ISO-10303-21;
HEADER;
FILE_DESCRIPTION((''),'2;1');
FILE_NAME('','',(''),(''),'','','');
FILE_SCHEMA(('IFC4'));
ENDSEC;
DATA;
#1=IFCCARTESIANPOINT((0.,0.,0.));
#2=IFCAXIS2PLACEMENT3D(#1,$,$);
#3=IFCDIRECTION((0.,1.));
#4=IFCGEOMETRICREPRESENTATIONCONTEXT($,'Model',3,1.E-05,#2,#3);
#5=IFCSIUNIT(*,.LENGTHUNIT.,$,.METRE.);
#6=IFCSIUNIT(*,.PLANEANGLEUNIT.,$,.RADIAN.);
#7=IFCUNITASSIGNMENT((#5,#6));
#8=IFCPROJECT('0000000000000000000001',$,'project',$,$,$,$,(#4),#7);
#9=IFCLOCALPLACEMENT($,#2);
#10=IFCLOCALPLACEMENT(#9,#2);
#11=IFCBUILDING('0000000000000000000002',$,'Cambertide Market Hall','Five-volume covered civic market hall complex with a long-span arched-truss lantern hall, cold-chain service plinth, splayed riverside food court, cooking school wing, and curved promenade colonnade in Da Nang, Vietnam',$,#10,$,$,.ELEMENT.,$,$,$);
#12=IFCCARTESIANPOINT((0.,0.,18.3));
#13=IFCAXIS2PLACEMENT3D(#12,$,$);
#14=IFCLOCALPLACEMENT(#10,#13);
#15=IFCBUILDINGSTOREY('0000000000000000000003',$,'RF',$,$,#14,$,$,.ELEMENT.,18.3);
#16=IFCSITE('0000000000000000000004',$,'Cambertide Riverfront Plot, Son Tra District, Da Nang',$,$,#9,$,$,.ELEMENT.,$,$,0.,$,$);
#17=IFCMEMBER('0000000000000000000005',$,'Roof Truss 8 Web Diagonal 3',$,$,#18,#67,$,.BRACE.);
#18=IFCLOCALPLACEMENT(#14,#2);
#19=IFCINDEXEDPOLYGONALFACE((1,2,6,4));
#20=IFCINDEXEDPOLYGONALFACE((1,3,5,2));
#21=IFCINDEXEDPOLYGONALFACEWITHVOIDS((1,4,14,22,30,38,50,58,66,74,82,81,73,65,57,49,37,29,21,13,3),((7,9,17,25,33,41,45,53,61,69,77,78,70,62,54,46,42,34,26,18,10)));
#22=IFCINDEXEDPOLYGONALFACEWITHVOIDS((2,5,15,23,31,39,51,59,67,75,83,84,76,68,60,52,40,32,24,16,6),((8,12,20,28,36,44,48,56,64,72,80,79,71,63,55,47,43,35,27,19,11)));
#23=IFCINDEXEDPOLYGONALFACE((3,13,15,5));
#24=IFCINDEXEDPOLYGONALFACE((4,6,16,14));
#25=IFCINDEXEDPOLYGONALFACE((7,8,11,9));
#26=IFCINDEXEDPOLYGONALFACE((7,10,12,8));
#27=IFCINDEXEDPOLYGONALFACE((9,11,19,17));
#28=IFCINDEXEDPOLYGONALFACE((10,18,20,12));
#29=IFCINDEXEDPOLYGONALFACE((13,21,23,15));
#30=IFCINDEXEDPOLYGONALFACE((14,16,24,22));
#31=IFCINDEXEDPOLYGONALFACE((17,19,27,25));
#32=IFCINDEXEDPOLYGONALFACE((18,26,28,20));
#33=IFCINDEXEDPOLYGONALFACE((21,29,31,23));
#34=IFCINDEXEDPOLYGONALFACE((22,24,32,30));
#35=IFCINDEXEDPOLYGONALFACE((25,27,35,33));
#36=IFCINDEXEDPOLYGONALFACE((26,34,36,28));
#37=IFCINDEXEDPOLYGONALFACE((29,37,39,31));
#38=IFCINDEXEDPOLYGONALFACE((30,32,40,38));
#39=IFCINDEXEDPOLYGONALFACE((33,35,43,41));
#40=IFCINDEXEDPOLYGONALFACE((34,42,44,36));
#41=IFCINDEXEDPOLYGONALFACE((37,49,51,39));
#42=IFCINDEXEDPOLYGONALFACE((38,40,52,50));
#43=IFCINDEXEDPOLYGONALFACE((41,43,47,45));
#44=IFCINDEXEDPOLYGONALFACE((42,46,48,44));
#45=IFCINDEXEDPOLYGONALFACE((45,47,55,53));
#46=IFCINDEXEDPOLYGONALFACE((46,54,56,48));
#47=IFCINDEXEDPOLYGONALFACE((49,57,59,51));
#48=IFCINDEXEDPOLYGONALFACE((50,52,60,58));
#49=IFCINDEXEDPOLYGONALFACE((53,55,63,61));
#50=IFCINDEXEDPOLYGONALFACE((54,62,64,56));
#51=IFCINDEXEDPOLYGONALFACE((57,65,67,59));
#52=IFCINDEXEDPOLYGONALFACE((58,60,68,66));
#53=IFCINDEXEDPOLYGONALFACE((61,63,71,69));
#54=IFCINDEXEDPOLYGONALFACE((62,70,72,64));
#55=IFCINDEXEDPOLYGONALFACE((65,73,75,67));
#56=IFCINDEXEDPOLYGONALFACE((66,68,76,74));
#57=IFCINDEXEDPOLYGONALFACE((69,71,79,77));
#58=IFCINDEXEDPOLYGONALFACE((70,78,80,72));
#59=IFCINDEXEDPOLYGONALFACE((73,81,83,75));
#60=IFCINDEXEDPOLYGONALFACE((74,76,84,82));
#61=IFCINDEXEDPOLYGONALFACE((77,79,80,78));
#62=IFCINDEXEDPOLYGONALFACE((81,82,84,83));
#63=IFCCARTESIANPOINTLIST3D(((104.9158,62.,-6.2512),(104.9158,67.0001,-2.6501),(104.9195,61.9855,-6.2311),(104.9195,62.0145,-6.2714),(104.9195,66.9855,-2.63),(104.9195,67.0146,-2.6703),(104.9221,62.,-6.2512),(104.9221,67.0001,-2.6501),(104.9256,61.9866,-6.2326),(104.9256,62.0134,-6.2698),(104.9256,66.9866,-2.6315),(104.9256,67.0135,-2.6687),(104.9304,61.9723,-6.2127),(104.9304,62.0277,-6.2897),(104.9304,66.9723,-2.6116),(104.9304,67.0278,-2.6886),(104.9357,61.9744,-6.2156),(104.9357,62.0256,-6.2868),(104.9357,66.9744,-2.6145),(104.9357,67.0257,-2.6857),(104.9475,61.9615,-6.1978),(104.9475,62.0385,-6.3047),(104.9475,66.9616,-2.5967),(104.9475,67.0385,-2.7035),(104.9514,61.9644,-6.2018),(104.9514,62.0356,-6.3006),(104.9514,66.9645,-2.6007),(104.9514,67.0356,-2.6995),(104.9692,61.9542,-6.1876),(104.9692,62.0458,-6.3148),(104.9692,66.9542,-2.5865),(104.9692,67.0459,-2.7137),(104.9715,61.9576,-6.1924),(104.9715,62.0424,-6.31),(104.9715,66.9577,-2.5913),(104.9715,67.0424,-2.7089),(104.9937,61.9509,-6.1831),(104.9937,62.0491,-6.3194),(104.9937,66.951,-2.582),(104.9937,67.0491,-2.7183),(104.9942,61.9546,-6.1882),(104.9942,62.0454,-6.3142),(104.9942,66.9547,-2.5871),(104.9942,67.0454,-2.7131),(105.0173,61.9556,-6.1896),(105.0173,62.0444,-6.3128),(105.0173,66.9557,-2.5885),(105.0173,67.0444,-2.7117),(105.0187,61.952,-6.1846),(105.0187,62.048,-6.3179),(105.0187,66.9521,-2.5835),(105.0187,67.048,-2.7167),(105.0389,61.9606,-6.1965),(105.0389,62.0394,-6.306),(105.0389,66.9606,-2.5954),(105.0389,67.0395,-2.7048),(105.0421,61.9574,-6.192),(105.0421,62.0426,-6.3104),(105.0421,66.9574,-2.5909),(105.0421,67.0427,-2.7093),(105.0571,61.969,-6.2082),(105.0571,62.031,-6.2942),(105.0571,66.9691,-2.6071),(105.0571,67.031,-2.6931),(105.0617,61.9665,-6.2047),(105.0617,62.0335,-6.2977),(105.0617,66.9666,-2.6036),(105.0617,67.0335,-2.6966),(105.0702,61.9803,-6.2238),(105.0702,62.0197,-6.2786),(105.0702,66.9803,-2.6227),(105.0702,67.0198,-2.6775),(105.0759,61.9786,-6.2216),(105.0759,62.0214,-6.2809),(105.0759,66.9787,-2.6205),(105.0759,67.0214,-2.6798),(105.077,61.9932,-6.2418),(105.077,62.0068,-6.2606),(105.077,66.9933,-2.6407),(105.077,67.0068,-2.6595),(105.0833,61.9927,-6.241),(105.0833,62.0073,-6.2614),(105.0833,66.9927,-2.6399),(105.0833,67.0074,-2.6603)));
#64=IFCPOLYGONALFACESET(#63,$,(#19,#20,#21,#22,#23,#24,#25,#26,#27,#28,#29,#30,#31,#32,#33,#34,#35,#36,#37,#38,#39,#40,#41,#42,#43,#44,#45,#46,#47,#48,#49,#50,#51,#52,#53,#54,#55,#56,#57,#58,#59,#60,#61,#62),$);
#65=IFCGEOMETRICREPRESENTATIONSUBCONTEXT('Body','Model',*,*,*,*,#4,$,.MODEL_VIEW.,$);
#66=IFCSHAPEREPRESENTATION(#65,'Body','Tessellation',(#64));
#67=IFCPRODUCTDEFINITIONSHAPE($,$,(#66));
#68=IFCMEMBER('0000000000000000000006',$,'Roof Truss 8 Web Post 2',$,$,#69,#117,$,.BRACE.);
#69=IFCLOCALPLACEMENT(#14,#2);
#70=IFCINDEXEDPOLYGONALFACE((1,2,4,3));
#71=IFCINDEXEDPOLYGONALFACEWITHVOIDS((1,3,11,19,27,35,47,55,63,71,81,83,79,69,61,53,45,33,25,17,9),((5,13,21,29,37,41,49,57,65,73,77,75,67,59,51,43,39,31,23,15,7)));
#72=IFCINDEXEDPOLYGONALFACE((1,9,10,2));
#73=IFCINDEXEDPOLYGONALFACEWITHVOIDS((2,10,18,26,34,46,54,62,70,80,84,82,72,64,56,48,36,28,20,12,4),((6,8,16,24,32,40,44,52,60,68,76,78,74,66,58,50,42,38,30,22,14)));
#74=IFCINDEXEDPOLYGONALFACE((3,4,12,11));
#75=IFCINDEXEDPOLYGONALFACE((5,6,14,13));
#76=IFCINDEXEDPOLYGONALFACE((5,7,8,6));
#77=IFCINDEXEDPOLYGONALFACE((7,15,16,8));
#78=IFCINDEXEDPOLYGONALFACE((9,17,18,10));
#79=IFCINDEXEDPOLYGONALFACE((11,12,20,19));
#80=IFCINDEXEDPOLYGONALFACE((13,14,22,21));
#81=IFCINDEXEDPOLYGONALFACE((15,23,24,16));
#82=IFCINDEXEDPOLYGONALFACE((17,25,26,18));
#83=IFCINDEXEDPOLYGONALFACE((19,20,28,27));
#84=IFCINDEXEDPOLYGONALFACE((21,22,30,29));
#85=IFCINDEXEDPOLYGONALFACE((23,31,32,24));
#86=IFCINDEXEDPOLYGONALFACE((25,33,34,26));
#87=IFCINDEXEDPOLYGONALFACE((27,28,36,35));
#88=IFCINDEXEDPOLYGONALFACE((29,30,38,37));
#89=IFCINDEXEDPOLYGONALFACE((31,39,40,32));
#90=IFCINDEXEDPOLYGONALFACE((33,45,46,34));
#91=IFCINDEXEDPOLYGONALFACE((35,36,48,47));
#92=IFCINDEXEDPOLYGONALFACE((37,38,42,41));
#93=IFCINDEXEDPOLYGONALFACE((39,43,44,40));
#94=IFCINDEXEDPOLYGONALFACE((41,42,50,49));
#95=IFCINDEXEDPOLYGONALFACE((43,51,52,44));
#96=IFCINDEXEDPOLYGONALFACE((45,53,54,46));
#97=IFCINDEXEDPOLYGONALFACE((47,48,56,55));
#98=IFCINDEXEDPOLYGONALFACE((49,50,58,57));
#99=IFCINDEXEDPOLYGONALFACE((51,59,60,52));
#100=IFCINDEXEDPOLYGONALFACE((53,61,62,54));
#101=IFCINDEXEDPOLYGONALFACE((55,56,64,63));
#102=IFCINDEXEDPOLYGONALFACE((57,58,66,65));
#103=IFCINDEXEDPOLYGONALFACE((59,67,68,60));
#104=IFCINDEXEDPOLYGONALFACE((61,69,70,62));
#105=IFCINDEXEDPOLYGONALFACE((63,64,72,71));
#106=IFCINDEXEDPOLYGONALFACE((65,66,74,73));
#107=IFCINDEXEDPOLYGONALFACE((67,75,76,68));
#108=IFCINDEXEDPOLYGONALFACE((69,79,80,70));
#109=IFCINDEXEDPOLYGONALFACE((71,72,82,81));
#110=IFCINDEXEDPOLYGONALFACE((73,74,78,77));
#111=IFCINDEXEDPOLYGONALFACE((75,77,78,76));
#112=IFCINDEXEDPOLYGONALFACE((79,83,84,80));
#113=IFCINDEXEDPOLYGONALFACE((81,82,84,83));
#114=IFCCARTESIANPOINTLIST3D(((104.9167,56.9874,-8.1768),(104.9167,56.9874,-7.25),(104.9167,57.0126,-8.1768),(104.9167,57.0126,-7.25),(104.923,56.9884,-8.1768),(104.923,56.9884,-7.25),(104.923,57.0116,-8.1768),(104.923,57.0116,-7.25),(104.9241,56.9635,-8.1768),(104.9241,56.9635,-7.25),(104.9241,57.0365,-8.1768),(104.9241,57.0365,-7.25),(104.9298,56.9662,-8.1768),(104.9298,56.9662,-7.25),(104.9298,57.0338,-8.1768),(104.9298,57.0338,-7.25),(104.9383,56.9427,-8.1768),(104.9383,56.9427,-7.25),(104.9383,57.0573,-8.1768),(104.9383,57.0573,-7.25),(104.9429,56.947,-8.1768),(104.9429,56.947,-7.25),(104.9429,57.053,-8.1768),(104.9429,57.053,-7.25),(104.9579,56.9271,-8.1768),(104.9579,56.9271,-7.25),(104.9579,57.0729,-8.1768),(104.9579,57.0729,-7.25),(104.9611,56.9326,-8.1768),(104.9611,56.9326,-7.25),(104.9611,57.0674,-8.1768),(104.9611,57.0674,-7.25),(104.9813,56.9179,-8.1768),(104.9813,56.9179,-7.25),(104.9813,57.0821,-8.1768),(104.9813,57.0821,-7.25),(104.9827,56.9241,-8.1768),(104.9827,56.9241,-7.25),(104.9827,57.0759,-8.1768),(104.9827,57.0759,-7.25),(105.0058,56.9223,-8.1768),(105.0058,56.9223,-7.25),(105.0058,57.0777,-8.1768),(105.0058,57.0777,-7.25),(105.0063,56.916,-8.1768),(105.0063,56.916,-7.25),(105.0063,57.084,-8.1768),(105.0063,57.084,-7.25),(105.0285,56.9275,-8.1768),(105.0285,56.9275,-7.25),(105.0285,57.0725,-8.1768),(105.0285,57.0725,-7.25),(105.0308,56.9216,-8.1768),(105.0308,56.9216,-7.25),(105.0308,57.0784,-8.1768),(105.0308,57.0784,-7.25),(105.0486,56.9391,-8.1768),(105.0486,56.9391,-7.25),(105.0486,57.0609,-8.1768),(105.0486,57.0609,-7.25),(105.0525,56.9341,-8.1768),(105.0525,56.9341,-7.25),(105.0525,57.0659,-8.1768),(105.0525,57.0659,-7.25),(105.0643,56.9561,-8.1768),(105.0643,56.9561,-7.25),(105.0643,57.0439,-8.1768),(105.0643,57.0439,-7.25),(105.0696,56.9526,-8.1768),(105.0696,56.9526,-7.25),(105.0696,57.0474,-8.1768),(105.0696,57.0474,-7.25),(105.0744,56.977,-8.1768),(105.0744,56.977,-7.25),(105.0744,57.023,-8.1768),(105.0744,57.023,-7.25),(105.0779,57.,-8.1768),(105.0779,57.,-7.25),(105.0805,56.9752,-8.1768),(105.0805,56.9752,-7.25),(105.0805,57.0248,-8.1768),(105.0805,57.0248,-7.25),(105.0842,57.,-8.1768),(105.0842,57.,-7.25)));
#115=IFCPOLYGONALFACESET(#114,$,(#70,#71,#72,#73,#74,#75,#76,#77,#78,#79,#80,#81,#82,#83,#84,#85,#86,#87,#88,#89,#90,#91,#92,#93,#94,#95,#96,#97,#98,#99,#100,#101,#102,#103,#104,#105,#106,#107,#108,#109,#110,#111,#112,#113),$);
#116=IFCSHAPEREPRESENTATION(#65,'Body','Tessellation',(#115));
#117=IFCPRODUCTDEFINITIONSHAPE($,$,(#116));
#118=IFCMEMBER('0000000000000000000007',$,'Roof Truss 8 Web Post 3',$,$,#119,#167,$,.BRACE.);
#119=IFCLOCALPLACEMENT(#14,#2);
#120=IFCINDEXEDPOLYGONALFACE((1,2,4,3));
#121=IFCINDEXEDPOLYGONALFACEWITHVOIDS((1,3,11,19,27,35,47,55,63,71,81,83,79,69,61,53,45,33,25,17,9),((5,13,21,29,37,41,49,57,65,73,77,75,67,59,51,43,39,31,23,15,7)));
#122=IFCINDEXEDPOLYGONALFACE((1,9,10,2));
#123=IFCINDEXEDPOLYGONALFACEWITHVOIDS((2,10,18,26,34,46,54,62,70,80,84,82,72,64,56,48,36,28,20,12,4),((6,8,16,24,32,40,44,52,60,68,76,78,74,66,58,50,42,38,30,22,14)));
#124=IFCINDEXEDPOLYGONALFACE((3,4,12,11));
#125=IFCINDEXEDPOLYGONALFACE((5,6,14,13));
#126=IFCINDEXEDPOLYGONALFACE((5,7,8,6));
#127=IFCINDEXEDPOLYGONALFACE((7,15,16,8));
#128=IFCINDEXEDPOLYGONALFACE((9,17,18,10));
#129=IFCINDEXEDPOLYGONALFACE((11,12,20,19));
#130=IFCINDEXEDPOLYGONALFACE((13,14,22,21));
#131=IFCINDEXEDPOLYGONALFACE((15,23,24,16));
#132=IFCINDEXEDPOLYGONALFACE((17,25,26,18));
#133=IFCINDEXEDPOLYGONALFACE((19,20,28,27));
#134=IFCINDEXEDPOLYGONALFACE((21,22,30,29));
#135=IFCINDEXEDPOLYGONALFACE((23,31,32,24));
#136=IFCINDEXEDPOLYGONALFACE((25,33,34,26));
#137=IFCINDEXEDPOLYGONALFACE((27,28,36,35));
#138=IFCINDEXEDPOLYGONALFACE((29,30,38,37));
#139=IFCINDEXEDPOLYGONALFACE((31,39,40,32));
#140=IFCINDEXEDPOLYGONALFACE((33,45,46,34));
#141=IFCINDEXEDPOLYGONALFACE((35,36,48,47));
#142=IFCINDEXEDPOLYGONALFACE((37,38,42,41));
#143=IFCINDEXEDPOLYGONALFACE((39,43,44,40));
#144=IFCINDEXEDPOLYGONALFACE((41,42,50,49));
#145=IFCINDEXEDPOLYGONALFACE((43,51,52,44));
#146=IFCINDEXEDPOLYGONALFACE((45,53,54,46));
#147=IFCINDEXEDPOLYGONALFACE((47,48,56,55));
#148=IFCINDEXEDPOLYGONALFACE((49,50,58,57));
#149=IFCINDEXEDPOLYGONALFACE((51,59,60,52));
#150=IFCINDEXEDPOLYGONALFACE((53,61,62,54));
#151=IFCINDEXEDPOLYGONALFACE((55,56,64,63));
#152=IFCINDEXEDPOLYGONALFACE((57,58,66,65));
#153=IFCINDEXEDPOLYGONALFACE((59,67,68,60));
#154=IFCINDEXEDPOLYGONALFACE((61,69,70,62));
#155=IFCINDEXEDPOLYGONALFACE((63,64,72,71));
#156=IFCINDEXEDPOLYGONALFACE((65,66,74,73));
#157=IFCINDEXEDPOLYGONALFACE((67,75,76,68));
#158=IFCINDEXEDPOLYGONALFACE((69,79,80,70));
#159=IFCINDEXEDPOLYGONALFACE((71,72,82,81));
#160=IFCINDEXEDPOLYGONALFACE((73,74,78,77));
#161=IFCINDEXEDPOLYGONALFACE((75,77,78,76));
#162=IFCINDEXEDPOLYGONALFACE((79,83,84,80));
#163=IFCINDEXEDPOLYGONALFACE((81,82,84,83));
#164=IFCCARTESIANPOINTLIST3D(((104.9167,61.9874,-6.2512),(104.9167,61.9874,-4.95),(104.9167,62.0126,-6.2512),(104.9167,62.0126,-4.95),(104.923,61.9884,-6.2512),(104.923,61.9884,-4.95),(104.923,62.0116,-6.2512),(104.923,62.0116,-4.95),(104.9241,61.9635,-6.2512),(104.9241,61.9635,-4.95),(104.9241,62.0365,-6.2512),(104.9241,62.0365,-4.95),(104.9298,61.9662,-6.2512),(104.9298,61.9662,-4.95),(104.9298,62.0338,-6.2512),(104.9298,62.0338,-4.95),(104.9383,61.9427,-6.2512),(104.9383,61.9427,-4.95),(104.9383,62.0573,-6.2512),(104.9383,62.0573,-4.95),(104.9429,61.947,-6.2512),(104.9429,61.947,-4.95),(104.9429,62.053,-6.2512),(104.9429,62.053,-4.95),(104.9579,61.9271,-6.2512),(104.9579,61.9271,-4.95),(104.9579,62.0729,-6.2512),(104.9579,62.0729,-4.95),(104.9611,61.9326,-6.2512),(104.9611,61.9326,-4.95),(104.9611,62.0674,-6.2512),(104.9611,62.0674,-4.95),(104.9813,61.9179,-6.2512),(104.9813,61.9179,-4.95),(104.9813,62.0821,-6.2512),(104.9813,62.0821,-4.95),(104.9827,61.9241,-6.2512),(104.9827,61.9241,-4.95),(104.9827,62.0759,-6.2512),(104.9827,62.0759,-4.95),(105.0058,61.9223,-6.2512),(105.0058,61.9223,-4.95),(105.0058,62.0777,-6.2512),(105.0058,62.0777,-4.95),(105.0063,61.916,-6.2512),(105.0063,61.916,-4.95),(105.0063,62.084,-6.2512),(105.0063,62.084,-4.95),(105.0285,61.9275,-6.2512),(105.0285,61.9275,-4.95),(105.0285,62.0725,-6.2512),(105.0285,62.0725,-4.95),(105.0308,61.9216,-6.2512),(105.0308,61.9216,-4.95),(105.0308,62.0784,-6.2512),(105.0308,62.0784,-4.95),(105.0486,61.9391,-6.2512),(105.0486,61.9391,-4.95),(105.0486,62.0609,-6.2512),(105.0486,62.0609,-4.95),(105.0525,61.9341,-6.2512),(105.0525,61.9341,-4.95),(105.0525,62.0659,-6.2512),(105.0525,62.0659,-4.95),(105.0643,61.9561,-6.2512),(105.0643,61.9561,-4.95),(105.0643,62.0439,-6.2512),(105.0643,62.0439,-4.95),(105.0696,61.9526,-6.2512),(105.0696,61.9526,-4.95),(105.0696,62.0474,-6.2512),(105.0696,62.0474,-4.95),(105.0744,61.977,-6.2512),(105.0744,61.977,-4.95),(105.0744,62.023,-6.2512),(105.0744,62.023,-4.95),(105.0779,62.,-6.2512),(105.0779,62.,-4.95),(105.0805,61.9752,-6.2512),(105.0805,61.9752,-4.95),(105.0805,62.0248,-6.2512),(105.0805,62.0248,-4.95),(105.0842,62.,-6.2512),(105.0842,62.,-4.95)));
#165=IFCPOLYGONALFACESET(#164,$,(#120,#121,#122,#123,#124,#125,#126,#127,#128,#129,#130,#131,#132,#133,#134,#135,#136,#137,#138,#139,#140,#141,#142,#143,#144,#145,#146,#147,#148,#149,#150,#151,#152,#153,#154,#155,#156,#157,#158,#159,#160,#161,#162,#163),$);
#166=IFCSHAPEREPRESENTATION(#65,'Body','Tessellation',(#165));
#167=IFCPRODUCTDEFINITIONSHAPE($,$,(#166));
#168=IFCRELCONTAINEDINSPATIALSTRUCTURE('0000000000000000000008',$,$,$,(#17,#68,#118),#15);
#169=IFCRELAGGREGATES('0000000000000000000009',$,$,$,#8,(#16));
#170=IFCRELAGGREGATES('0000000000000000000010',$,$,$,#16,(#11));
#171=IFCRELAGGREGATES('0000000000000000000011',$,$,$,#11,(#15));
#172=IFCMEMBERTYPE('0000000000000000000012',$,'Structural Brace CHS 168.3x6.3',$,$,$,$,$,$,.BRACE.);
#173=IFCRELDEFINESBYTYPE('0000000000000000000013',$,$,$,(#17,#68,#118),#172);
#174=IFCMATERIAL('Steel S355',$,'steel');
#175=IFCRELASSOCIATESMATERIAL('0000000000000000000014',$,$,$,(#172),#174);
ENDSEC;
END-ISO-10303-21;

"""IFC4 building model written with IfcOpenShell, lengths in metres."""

from ifc_helpers import new_model, si_unit, direction, frame, origin, origin_2d, place, context, subcontext, project, spatial, hollow_circle, extrude, material, material_profile, profile_set, type_object, element, save


model = new_model("IFC4")

# Units and contexts
model_context = context("Model", 3, precision=1e-05, world=origin(), true_north=direction((0.0, 1.0)))
body_context = subcontext(model_context, "Body", "Model", "MODEL_VIEW")
ifc_project = project(units=[si_unit("LENGTHUNIT", "METRE"), si_unit("PLANEANGLEUNIT", "RADIAN")], contexts=[model_context])

# Site, building, storey
site_placement = place(None, origin())
site = spatial("IfcSite", under=ifc_project, at=site_placement, Name="Cambertide Riverfront Plot, Son Tra District, Da Nang", CompositionType="ELEMENT", RefElevation=0.0)
building_placement = place(site_placement, origin())
building = spatial("IfcBuilding", under=site, at=building_placement, Name="Cambertide Market Hall", Description="Five-volume covered civic market hall complex with a long-span arched-truss lantern hall, cold-chain service plinth, splayed riverside food court, cooking school wing, and curved promenade colonnade in Da Nang, Vietnam", CompositionType="ELEMENT")
storey_placement = place(building_placement, frame((0.0, 0.0, 18.3)))
storey = spatial("IfcBuildingStorey", under=building, at=storey_placement, Name="RF", CompositionType="ELEMENT", Elevation=18.3)

# Members
ifc_material_1 = material(Name="Steel S355", Category="steel")
ifc_material_profile_1 = material_profile(ifc_material_1, hollow_circle(Radius=0.0842, WallThickness=0.0063, at=origin_2d()), Name="CHS 168.3x6.3")
ifc_profile_set_1 = profile_set([ifc_material_profile_1], Name="Steel S355")
member_type_1 = type_object("IfcMemberType", Name="Structural Brace CHS 168.3x6.3", PredefinedType="BRACE", material=ifc_profile_set_1)
member_1_placement = place(storey_placement, frame((105.0, 62.0, -6.2512), z_axis=(0.0, 0.811452, 0.58442), x_axis=(-1.0, 0.0, 0.0)))
element("IfcMember", 1, at=member_1_placement, inside=storey, type_object=member_type_1, Name="Roof Truss 8 Web Diagonal 3", PredefinedType="BRACE", context=body_context, shape_type="SweptSolid", body=[
    extrude(hollow_circle(Radius=0.0842, WallThickness=0.0063, at=origin_2d()), origin(), (0.0, 0.0, 1.0), 6.1619),
])
member_2_placement = place(storey_placement, frame((105.0, 57.0, -8.1768), z_axis=(0.0, 0.0, 1.0), x_axis=(1.0, 0.0, 0.0)))
element("IfcMember", 2, at=member_2_placement, inside=storey, type_object=member_type_1, Name="Roof Truss 8 Web Post 2", PredefinedType="BRACE", context=body_context, shape_type="SweptSolid", body=[
    extrude(hollow_circle(Radius=0.0842, WallThickness=0.0063, at=origin_2d()), origin(), (0.0, 0.0, 1.0), 0.9268),
])
member_3_placement = place(storey_placement, frame((105.0, 62.0, -6.2512), z_axis=(0.0, 0.0, 1.0), x_axis=(1.0, 0.0, 0.0)))
element("IfcMember", 3, at=member_3_placement, inside=storey, type_object=member_type_1, Name="Roof Truss 8 Web Post 3", PredefinedType="BRACE", context=body_context, shape_type="SweptSolid", body=[
    extrude(hollow_circle(Radius=0.0842, WallThickness=0.0063, at=origin_2d()), origin(), (0.0, 0.0, 1.0), 1.3013),
])

save(model, "model.ifc")
